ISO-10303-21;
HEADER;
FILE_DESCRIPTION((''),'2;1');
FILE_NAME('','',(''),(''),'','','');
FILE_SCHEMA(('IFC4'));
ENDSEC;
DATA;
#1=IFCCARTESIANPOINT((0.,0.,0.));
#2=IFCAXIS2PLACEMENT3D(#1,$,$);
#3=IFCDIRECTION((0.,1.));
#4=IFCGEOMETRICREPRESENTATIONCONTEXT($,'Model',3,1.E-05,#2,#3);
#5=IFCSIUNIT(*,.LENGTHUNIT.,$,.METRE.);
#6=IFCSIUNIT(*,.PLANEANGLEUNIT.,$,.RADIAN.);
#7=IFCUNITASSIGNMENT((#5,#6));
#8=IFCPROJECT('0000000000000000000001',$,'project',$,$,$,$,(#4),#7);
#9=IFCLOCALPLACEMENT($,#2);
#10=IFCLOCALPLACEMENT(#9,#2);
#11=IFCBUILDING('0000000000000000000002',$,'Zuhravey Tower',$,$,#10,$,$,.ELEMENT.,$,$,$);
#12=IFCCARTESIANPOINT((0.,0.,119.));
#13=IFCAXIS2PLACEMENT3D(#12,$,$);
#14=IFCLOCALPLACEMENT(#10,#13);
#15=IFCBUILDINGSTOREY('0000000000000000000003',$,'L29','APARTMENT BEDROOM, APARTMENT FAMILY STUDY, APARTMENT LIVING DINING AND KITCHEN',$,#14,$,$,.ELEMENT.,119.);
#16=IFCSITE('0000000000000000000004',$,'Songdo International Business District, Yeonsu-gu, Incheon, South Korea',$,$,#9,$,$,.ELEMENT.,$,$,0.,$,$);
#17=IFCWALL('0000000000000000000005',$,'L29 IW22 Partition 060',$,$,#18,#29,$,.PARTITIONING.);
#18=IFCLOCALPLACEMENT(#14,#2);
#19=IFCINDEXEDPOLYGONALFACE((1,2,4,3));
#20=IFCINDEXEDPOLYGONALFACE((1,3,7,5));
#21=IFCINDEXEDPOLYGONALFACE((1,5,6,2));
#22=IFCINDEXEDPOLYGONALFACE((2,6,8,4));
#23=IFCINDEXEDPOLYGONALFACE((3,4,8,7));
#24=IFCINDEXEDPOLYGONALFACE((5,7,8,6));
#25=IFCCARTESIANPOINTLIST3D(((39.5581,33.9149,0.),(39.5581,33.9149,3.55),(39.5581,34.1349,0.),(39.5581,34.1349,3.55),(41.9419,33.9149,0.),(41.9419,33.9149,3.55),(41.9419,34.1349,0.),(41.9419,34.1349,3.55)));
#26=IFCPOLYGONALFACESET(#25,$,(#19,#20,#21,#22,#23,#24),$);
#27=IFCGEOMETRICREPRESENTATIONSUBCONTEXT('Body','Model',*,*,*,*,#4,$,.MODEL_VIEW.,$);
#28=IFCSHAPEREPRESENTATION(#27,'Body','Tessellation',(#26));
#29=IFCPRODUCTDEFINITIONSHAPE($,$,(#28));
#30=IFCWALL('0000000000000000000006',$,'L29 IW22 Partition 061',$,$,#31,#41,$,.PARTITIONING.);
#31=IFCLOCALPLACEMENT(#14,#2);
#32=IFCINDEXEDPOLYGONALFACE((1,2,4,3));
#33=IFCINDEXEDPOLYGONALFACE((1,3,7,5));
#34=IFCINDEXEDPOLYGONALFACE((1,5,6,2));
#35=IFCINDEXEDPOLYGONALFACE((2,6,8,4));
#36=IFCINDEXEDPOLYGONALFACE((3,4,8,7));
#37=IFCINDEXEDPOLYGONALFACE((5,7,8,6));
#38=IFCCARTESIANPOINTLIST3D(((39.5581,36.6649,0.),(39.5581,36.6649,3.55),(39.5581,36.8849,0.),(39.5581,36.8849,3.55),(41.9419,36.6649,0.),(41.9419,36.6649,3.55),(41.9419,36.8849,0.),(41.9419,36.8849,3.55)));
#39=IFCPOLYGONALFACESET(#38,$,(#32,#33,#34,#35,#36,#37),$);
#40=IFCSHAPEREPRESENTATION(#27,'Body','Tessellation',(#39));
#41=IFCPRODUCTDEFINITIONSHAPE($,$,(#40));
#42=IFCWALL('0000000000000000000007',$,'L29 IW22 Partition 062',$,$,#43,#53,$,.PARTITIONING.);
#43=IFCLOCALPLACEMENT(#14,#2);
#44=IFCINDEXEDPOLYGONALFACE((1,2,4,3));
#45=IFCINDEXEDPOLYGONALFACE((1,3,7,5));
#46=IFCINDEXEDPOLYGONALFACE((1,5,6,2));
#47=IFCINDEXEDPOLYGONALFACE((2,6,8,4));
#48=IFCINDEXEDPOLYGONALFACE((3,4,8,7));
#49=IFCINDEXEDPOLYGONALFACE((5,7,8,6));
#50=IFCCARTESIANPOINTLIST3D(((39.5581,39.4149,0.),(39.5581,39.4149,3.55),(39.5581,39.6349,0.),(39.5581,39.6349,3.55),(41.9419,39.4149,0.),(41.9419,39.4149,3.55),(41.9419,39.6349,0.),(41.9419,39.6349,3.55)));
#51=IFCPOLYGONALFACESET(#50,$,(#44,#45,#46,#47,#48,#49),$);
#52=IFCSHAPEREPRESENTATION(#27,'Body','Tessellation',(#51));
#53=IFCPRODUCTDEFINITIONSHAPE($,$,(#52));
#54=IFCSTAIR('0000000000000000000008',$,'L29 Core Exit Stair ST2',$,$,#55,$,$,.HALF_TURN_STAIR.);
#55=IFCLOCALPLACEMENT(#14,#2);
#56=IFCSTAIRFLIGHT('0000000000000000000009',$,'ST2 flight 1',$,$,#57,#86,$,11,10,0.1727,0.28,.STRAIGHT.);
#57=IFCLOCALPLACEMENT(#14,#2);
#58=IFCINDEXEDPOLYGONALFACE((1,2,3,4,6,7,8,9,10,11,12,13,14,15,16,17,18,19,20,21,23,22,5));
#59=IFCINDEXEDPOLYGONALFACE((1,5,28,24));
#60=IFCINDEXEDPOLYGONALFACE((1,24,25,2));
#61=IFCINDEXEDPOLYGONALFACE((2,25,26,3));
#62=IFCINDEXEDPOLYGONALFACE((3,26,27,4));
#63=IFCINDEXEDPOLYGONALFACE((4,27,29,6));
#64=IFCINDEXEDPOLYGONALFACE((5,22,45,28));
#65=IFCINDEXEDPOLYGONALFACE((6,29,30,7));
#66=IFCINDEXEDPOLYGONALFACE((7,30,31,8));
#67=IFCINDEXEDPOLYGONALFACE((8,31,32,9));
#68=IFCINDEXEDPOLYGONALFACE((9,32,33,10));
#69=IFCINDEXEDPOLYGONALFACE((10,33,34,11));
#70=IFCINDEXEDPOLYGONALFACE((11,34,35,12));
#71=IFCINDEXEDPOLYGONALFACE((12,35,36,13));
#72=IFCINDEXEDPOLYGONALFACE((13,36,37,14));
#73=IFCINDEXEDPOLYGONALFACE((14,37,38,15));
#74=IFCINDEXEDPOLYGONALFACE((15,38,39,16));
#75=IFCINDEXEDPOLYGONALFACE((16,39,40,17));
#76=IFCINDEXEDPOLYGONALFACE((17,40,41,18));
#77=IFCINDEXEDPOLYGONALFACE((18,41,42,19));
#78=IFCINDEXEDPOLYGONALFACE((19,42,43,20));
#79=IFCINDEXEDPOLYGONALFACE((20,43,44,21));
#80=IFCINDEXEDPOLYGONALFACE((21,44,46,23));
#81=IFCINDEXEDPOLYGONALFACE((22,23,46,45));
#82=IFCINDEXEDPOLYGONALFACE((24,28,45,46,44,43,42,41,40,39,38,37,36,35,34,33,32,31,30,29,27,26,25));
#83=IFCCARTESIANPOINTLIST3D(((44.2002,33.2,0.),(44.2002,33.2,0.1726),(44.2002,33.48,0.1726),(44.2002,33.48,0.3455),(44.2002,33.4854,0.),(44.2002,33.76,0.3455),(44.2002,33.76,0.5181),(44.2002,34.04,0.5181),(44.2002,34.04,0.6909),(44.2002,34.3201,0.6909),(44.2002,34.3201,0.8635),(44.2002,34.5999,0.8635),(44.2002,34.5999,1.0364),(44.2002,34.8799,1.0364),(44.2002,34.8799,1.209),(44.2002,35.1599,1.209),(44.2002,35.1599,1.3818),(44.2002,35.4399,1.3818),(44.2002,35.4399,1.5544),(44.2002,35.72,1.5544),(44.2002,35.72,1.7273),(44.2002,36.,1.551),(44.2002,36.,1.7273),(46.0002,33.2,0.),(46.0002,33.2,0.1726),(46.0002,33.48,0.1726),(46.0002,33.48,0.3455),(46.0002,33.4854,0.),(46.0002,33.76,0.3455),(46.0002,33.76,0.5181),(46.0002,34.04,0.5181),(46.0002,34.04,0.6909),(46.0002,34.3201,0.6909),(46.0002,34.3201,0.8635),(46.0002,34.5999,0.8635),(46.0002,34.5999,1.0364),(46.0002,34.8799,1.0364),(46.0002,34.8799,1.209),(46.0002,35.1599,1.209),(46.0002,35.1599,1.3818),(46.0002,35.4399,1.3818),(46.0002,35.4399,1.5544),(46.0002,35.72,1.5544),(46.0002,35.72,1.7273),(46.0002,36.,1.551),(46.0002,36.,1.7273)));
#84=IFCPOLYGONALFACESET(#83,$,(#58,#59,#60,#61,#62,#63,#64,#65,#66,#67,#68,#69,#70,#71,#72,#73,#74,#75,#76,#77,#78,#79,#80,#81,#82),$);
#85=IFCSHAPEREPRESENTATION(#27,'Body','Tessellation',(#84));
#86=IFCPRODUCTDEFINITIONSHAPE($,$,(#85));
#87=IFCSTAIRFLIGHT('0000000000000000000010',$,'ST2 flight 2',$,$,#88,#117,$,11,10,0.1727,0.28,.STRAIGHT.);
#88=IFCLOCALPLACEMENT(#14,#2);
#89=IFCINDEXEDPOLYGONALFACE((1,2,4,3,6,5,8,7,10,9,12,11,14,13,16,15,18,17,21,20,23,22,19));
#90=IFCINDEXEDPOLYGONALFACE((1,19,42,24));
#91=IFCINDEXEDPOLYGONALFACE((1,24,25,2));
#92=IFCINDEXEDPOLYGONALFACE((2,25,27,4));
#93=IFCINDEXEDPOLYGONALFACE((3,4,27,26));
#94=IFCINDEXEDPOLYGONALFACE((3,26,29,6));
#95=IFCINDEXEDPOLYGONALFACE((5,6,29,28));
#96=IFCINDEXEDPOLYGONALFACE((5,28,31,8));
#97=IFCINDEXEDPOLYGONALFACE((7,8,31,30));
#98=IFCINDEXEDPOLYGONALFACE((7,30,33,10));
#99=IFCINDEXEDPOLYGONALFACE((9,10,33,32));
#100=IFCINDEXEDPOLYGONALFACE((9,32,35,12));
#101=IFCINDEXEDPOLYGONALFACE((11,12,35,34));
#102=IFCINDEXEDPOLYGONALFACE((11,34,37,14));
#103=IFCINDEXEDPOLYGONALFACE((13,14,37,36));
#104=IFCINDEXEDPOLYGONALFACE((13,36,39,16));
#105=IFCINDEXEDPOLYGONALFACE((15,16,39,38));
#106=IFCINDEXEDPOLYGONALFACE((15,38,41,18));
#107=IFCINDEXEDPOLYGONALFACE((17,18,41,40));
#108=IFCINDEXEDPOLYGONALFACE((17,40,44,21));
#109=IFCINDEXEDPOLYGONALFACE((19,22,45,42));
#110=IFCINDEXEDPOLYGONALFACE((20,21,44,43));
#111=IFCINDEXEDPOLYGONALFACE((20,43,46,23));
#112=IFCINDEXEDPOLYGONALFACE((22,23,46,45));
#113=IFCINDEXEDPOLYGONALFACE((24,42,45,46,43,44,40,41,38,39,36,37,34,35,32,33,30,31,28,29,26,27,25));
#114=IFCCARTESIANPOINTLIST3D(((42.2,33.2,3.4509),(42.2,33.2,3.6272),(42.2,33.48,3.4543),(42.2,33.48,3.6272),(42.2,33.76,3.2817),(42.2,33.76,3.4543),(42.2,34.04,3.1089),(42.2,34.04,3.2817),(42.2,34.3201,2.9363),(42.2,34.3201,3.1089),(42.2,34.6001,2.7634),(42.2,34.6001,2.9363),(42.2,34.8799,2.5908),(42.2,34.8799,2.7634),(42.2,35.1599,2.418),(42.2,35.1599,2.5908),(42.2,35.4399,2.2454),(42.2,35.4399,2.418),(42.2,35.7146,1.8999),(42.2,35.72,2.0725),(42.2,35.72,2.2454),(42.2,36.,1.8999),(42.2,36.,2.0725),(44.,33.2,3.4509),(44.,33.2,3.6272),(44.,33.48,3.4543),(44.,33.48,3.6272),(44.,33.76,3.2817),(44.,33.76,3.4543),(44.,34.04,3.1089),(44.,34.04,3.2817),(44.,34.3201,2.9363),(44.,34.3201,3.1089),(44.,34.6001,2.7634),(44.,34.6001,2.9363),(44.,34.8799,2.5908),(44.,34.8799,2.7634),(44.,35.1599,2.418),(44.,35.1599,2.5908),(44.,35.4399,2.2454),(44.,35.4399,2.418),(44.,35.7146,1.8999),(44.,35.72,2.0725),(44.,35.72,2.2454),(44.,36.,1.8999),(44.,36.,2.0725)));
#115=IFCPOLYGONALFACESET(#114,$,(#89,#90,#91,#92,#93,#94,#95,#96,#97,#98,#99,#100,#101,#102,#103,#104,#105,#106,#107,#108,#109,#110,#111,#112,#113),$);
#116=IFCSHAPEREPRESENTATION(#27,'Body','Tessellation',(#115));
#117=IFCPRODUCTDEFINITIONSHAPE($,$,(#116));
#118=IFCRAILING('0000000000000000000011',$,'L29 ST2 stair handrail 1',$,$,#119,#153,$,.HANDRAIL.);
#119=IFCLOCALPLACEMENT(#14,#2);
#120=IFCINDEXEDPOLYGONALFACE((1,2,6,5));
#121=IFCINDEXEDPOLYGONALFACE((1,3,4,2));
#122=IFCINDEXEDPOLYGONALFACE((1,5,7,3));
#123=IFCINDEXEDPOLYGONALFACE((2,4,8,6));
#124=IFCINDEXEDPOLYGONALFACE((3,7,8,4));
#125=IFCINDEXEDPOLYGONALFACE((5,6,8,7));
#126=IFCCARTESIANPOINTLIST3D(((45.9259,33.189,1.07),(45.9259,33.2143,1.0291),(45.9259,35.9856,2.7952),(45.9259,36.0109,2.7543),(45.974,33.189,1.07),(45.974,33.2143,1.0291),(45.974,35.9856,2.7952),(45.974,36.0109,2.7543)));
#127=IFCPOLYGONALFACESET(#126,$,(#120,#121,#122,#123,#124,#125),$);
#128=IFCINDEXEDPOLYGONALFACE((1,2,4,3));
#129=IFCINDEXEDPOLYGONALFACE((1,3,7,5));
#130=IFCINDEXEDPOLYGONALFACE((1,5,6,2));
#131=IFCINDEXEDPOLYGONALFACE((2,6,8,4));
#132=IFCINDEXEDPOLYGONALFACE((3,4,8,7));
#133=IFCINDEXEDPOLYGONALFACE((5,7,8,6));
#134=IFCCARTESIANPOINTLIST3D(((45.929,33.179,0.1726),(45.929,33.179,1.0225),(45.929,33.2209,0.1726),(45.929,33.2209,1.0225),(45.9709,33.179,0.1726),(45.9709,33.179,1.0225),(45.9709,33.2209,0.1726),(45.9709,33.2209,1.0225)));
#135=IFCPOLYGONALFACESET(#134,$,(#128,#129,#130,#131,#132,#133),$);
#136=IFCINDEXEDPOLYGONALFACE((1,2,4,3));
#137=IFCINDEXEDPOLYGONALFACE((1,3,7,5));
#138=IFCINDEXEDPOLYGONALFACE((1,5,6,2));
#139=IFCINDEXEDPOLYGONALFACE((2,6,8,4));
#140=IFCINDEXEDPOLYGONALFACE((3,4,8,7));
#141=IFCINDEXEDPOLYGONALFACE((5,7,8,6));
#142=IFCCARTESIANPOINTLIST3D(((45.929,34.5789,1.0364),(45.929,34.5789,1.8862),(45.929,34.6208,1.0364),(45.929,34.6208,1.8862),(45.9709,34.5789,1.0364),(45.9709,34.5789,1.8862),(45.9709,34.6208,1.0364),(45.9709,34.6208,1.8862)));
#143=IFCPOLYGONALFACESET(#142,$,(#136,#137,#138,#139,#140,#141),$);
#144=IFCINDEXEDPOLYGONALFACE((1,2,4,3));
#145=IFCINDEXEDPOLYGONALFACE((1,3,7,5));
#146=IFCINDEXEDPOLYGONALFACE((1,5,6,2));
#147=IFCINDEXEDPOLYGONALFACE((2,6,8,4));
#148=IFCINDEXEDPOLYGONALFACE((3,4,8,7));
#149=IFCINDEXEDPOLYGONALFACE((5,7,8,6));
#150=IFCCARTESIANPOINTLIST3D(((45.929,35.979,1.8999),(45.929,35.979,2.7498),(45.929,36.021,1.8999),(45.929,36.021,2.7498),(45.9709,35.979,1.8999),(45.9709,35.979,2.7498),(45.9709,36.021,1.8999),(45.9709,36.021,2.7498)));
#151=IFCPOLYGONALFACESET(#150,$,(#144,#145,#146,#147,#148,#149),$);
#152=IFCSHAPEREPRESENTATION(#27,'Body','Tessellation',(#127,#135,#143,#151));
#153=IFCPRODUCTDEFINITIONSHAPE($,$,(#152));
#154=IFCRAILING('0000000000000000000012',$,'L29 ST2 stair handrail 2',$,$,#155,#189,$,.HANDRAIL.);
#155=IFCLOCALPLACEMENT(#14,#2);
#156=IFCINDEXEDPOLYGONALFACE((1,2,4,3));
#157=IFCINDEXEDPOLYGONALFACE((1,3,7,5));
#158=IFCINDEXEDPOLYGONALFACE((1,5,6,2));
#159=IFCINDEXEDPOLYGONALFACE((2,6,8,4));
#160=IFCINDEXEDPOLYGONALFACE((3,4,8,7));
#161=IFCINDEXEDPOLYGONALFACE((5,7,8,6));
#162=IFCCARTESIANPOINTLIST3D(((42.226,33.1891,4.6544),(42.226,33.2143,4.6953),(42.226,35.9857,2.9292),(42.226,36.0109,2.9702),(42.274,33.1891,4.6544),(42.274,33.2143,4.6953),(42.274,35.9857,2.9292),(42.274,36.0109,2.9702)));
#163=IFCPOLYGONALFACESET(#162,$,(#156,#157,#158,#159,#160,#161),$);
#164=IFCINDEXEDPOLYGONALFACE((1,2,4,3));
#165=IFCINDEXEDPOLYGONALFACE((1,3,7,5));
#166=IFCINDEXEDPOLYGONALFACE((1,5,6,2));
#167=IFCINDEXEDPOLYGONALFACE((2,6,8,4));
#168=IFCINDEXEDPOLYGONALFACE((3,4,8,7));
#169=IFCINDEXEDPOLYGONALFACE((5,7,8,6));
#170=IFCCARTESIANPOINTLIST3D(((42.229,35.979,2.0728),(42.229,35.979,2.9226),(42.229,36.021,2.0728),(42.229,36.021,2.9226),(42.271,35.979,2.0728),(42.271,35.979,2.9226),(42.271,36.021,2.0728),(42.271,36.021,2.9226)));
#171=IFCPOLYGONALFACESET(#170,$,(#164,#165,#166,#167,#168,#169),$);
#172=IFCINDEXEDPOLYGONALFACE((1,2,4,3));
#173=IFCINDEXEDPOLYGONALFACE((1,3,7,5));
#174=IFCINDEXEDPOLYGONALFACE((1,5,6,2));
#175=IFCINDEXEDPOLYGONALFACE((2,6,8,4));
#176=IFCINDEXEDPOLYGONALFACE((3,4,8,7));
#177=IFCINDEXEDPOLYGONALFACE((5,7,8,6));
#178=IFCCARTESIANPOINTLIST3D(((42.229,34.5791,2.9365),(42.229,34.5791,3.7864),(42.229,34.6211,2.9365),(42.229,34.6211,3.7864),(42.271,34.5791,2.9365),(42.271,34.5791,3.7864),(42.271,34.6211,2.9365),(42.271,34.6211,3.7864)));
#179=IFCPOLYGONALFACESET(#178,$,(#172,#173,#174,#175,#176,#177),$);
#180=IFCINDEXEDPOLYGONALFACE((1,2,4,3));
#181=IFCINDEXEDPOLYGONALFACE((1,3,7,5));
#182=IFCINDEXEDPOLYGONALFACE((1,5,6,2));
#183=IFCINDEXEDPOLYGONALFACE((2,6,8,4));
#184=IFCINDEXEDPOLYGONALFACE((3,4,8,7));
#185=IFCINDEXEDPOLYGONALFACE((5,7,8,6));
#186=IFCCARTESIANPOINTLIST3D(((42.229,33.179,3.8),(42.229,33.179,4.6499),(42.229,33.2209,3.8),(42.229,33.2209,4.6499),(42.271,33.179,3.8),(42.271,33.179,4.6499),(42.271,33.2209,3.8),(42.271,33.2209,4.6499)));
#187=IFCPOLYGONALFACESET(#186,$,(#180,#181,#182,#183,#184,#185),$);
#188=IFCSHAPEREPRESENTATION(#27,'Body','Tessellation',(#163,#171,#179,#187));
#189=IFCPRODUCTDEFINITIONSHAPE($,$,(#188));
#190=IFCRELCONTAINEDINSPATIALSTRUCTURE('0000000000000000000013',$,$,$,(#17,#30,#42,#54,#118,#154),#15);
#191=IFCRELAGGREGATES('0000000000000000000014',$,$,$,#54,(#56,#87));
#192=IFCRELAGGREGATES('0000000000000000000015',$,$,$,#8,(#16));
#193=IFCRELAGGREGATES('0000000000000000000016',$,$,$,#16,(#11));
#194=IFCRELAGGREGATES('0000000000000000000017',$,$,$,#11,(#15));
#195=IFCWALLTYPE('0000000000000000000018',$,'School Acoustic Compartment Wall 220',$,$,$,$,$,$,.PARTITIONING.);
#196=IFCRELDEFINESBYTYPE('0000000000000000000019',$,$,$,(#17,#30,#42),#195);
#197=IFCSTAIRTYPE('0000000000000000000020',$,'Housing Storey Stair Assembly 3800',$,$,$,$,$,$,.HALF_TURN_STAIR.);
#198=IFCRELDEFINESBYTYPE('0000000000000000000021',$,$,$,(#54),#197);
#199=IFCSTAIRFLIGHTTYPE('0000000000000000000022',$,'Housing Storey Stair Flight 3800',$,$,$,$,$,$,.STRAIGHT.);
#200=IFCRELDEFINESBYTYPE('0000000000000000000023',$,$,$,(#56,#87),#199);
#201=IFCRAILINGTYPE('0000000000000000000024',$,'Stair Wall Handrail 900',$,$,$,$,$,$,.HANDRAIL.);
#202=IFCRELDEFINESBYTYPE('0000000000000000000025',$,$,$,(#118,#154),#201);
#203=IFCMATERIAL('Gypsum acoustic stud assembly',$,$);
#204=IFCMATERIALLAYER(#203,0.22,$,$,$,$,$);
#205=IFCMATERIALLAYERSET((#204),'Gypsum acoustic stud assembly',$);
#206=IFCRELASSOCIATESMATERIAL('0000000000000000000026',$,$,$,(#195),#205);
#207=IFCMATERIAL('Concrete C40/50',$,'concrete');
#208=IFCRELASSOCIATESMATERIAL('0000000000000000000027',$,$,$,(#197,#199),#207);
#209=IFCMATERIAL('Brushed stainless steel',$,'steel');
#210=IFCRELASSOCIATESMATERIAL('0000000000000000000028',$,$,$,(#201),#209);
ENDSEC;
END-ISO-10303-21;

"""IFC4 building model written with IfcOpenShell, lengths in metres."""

from ifc_helpers import new_model, si_unit, direction, frame, frame_2d, origin, origin_2d, place, context, subcontext, project, spatial, polyline, rectangle, outline, extrude, material, layer, layer_set, type_object, element, aggregate, save


model = new_model("IFC4")

# Units and contexts
model_context = context("Model", 3, precision=1e-05, world=origin(), true_north=direction((0.0, 1.0)))
body_context = subcontext(model_context, "Body", "Model", "MODEL_VIEW")
ifc_project = project(units=[si_unit("LENGTHUNIT", "METRE"), si_unit("PLANEANGLEUNIT", "RADIAN")], contexts=[model_context])

# Site, building, storey
site_placement = place(None, origin())
site = spatial("IfcSite", under=ifc_project, at=site_placement, Name="Songdo International Business District, Yeonsu-gu, Incheon, South Korea", CompositionType="ELEMENT", RefElevation=0.0)
building_placement = place(site_placement, origin())
building = spatial("IfcBuilding", under=site, at=building_placement, Name="Zuhravey Tower", CompositionType="ELEMENT")
storey_placement = place(building_placement, frame((0.0, 0.0, 119.0)))
storey = spatial("IfcBuildingStorey", under=building, at=storey_placement, Name="L29", Description="APARTMENT BEDROOM, APARTMENT FAMILY STUDY, APARTMENT LIVING DINING AND KITCHEN", CompositionType="ELEMENT", Elevation=119.0)

# Walls
ifc_material_1 = material(Name="Gypsum acoustic stud assembly")
ifc_layer_1 = layer(ifc_material_1, 0.22)
ifc_layer_set_1 = layer_set([ifc_layer_1], Name="Gypsum acoustic stud assembly")
wall_type_1 = type_object("IfcWallType", Name="School Acoustic Compartment Wall 220", PredefinedType="PARTITIONING", material=ifc_layer_set_1)
for number, where, z_axis, x_axis, name in (
    (1, (39.5581, 34.0249, 0.0), (0.0, 0.0, 1.0), (1.0, 0.0, 0.0), "L29 IW22 Partition 060"),
    (2, (39.5581, 36.7749, 0.0), (0.0, 0.0, 1.0), (1.0, 0.0, 0.0), "L29 IW22 Partition 061"),
    (3, (39.5581, 39.5249, 0.0), (0.0, 0.0, 1.0), (1.0, 0.0, 0.0), "L29 IW22 Partition 062"),
):
    element("IfcWall", number, at=place(storey_placement, frame(where, z_axis=z_axis, x_axis=x_axis)), inside=storey, type_object=wall_type_1, Name=name, PredefinedType="PARTITIONING", context=body_context, shape_type="SweptSolid", body=[
        extrude(rectangle(XDim=2.3838, YDim=0.22, at=frame_2d((1.1919, 0.0))), origin(), (0.0, 0.0, 1.0), 3.55),
    ])

# Stair, stair flights
ifc_material_2 = material(Name="Concrete C40/50", Category="concrete")
stair_type = type_object("IfcStairType", Name="Housing Storey Stair Assembly 3800", PredefinedType="HALF_TURN_STAIR", material=ifc_material_2)
stair_placement = place(storey_placement, origin())
stair = element("IfcStair", 4, at=stair_placement, inside=storey, type_object=stair_type, Name="L29 Core Exit Stair ST2", PredefinedType="HALF_TURN_STAIR")
stair_flight_type = type_object("IfcStairFlightType", Name="Housing Storey Stair Flight 3800", PredefinedType="STRAIGHT", material=ifc_material_2)
stair_flight_1_placement = place(storey_placement, frame((45.1001, 33.2, 0.0), z_axis=(0.0, 0.0, 1.0), x_axis=(0.0, 1.0, 0.0)))
stair_flight_1 = element("IfcStairFlight", 5, at=stair_flight_1_placement, type_object=stair_flight_type, Name="ST2 flight 1", NumberOfRisers=11, NumberOfTreads=10, PredefinedType="STRAIGHT", RiserHeight=0.1727, TreadLength=0.28, context=body_context, shape_type="SweptSolid", body=[
    extrude(outline(polyline([(0.0, 0.0), (0.0, 0.1726), (0.28, 0.1726), (0.28, 0.3455), (0.5601, 0.3455), (0.5601, 0.5181), (0.8401, 0.5181), (0.8401, 0.6909), (1.1201, 0.6909), (1.1201, 0.8635), (1.3999, 0.8635), (1.3999, 1.0364), (1.6799, 1.0364), (1.6799, 1.209), (1.96, 1.209), (1.96, 1.3818), (2.24, 1.3818), (2.24, 1.5544), (2.52, 1.5544), (2.52, 1.7273), (2.8, 1.7273), (2.8, 1.8999), (2.8, 1.551), (0.2854, 0.0), (0.0, 0.0)])), frame((0.0, 0.8999, 0.0), z_axis=(0.0, -1.0, 0.0), x_axis=(1.0, 0.0, 0.0)), (0.0, 0.0, 1.0), 1.8),
])
stair_flight_2_placement = place(storey_placement, frame((43.1001, 36.0, 1.8999), z_axis=(0.0, 0.0, 1.0), x_axis=(0.0, -1.0, 0.0)))
stair_flight_2 = element("IfcStairFlight", 6, at=stair_flight_2_placement, type_object=stair_flight_type, Name="ST2 flight 2", NumberOfRisers=11, NumberOfTreads=10, PredefinedType="STRAIGHT", RiserHeight=0.1727, TreadLength=0.28, context=body_context, shape_type="SweptSolid", body=[
    extrude(outline(polyline([(0.0, 0.0), (0.0, 0.1726), (0.28, 0.1726), (0.28, 0.3455), (0.5601, 0.3455), (0.5601, 0.5181), (0.8401, 0.5181), (0.8401, 0.6909), (1.1201, 0.6909), (1.1201, 0.8635), (1.3999, 0.8635), (1.3999, 1.0364), (1.6799, 1.0364), (1.6799, 1.209), (1.96, 1.209), (1.96, 1.3818), (2.24, 1.3818), (2.24, 1.5544), (2.52, 1.5544), (2.52, 1.7273), (2.8, 1.7273), (2.8, 1.8999), (2.8, 1.551), (0.2854, 0.0), (0.0, 0.0)])), frame((0.0, 0.8999, 0.0), z_axis=(0.0, -1.0, 0.0), x_axis=(1.0, 0.0, 0.0)), (0.0, 0.0, 1.0), 1.8),
])
aggregate(stair, [stair_flight_1, stair_flight_2])

# Railings
ifc_material_3 = material(Name="Brushed stainless steel", Category="steel")
railing_type_1 = type_object("IfcRailingType", Name="Stair Wall Handrail 900", PredefinedType="HANDRAIL", material=ifc_material_3)
railing_1_placement = place(storey_placement, frame((45.95, 33.2, 0.1726)))
element("IfcRailing", 7, at=railing_1_placement, inside=storey, type_object=railing_type_1, Name="L29 ST2 stair handrail 1", PredefinedType="HANDRAIL", context=body_context, shape_type="SweptSolid", body=[
    extrude(rectangle(XDim=0.0481, YDim=0.0481, at=origin_2d()), frame((0.0, 0.0017, 0.877), z_axis=(0.0, 0.85109, 0.52502), x_axis=(-1.0, 0.0, 0.0)), (0.0, 0.0, 1.0), 3.2859),
    extrude(rectangle(XDim=0.042, YDim=0.042, at=origin_2d()), origin(), (0.0, 0.0, 1.0), 0.8499),
    extrude(rectangle(XDim=0.042, YDim=0.042, at=origin_2d()), frame((0.0, 1.3999, 0.8638)), (0.0, 0.0, 1.0), 0.8499),
    extrude(rectangle(XDim=0.042, YDim=0.042, at=origin_2d()), frame((0.0, 2.8, 1.7273)), (0.0, 0.0, 1.0), 0.8499),
])
railing_2_placement = place(storey_placement, frame((42.25, 36.0, 2.0728)))
element("IfcRailing", 8, at=railing_2_placement, inside=storey, type_object=railing_type_1, Name="L29 ST2 stair handrail 2", PredefinedType="HANDRAIL", context=body_context, shape_type="SweptSolid", body=[
    extrude(rectangle(XDim=0.0481, YDim=0.0481, at=origin_2d()), frame((0.0, -0.0017, 0.877), z_axis=(0.0, -0.85109, 0.52502), x_axis=(1.0, 0.0, 0.0)), (0.0, 0.0, 1.0), 3.2859),
    extrude(rectangle(XDim=0.042, YDim=0.042, at=origin_2d()), origin(), (0.0, 0.0, 1.0), 0.8499),
    extrude(rectangle(XDim=0.042, YDim=0.042, at=origin_2d()), frame((0.0, -1.3999, 0.8638)), (0.0, 0.0, 1.0), 0.8499),
    extrude(rectangle(XDim=0.042, YDim=0.042, at=origin_2d()), frame((0.0, -2.8, 1.7273)), (0.0, 0.0, 1.0), 0.8499),
])

save(model, "model.ifc")
